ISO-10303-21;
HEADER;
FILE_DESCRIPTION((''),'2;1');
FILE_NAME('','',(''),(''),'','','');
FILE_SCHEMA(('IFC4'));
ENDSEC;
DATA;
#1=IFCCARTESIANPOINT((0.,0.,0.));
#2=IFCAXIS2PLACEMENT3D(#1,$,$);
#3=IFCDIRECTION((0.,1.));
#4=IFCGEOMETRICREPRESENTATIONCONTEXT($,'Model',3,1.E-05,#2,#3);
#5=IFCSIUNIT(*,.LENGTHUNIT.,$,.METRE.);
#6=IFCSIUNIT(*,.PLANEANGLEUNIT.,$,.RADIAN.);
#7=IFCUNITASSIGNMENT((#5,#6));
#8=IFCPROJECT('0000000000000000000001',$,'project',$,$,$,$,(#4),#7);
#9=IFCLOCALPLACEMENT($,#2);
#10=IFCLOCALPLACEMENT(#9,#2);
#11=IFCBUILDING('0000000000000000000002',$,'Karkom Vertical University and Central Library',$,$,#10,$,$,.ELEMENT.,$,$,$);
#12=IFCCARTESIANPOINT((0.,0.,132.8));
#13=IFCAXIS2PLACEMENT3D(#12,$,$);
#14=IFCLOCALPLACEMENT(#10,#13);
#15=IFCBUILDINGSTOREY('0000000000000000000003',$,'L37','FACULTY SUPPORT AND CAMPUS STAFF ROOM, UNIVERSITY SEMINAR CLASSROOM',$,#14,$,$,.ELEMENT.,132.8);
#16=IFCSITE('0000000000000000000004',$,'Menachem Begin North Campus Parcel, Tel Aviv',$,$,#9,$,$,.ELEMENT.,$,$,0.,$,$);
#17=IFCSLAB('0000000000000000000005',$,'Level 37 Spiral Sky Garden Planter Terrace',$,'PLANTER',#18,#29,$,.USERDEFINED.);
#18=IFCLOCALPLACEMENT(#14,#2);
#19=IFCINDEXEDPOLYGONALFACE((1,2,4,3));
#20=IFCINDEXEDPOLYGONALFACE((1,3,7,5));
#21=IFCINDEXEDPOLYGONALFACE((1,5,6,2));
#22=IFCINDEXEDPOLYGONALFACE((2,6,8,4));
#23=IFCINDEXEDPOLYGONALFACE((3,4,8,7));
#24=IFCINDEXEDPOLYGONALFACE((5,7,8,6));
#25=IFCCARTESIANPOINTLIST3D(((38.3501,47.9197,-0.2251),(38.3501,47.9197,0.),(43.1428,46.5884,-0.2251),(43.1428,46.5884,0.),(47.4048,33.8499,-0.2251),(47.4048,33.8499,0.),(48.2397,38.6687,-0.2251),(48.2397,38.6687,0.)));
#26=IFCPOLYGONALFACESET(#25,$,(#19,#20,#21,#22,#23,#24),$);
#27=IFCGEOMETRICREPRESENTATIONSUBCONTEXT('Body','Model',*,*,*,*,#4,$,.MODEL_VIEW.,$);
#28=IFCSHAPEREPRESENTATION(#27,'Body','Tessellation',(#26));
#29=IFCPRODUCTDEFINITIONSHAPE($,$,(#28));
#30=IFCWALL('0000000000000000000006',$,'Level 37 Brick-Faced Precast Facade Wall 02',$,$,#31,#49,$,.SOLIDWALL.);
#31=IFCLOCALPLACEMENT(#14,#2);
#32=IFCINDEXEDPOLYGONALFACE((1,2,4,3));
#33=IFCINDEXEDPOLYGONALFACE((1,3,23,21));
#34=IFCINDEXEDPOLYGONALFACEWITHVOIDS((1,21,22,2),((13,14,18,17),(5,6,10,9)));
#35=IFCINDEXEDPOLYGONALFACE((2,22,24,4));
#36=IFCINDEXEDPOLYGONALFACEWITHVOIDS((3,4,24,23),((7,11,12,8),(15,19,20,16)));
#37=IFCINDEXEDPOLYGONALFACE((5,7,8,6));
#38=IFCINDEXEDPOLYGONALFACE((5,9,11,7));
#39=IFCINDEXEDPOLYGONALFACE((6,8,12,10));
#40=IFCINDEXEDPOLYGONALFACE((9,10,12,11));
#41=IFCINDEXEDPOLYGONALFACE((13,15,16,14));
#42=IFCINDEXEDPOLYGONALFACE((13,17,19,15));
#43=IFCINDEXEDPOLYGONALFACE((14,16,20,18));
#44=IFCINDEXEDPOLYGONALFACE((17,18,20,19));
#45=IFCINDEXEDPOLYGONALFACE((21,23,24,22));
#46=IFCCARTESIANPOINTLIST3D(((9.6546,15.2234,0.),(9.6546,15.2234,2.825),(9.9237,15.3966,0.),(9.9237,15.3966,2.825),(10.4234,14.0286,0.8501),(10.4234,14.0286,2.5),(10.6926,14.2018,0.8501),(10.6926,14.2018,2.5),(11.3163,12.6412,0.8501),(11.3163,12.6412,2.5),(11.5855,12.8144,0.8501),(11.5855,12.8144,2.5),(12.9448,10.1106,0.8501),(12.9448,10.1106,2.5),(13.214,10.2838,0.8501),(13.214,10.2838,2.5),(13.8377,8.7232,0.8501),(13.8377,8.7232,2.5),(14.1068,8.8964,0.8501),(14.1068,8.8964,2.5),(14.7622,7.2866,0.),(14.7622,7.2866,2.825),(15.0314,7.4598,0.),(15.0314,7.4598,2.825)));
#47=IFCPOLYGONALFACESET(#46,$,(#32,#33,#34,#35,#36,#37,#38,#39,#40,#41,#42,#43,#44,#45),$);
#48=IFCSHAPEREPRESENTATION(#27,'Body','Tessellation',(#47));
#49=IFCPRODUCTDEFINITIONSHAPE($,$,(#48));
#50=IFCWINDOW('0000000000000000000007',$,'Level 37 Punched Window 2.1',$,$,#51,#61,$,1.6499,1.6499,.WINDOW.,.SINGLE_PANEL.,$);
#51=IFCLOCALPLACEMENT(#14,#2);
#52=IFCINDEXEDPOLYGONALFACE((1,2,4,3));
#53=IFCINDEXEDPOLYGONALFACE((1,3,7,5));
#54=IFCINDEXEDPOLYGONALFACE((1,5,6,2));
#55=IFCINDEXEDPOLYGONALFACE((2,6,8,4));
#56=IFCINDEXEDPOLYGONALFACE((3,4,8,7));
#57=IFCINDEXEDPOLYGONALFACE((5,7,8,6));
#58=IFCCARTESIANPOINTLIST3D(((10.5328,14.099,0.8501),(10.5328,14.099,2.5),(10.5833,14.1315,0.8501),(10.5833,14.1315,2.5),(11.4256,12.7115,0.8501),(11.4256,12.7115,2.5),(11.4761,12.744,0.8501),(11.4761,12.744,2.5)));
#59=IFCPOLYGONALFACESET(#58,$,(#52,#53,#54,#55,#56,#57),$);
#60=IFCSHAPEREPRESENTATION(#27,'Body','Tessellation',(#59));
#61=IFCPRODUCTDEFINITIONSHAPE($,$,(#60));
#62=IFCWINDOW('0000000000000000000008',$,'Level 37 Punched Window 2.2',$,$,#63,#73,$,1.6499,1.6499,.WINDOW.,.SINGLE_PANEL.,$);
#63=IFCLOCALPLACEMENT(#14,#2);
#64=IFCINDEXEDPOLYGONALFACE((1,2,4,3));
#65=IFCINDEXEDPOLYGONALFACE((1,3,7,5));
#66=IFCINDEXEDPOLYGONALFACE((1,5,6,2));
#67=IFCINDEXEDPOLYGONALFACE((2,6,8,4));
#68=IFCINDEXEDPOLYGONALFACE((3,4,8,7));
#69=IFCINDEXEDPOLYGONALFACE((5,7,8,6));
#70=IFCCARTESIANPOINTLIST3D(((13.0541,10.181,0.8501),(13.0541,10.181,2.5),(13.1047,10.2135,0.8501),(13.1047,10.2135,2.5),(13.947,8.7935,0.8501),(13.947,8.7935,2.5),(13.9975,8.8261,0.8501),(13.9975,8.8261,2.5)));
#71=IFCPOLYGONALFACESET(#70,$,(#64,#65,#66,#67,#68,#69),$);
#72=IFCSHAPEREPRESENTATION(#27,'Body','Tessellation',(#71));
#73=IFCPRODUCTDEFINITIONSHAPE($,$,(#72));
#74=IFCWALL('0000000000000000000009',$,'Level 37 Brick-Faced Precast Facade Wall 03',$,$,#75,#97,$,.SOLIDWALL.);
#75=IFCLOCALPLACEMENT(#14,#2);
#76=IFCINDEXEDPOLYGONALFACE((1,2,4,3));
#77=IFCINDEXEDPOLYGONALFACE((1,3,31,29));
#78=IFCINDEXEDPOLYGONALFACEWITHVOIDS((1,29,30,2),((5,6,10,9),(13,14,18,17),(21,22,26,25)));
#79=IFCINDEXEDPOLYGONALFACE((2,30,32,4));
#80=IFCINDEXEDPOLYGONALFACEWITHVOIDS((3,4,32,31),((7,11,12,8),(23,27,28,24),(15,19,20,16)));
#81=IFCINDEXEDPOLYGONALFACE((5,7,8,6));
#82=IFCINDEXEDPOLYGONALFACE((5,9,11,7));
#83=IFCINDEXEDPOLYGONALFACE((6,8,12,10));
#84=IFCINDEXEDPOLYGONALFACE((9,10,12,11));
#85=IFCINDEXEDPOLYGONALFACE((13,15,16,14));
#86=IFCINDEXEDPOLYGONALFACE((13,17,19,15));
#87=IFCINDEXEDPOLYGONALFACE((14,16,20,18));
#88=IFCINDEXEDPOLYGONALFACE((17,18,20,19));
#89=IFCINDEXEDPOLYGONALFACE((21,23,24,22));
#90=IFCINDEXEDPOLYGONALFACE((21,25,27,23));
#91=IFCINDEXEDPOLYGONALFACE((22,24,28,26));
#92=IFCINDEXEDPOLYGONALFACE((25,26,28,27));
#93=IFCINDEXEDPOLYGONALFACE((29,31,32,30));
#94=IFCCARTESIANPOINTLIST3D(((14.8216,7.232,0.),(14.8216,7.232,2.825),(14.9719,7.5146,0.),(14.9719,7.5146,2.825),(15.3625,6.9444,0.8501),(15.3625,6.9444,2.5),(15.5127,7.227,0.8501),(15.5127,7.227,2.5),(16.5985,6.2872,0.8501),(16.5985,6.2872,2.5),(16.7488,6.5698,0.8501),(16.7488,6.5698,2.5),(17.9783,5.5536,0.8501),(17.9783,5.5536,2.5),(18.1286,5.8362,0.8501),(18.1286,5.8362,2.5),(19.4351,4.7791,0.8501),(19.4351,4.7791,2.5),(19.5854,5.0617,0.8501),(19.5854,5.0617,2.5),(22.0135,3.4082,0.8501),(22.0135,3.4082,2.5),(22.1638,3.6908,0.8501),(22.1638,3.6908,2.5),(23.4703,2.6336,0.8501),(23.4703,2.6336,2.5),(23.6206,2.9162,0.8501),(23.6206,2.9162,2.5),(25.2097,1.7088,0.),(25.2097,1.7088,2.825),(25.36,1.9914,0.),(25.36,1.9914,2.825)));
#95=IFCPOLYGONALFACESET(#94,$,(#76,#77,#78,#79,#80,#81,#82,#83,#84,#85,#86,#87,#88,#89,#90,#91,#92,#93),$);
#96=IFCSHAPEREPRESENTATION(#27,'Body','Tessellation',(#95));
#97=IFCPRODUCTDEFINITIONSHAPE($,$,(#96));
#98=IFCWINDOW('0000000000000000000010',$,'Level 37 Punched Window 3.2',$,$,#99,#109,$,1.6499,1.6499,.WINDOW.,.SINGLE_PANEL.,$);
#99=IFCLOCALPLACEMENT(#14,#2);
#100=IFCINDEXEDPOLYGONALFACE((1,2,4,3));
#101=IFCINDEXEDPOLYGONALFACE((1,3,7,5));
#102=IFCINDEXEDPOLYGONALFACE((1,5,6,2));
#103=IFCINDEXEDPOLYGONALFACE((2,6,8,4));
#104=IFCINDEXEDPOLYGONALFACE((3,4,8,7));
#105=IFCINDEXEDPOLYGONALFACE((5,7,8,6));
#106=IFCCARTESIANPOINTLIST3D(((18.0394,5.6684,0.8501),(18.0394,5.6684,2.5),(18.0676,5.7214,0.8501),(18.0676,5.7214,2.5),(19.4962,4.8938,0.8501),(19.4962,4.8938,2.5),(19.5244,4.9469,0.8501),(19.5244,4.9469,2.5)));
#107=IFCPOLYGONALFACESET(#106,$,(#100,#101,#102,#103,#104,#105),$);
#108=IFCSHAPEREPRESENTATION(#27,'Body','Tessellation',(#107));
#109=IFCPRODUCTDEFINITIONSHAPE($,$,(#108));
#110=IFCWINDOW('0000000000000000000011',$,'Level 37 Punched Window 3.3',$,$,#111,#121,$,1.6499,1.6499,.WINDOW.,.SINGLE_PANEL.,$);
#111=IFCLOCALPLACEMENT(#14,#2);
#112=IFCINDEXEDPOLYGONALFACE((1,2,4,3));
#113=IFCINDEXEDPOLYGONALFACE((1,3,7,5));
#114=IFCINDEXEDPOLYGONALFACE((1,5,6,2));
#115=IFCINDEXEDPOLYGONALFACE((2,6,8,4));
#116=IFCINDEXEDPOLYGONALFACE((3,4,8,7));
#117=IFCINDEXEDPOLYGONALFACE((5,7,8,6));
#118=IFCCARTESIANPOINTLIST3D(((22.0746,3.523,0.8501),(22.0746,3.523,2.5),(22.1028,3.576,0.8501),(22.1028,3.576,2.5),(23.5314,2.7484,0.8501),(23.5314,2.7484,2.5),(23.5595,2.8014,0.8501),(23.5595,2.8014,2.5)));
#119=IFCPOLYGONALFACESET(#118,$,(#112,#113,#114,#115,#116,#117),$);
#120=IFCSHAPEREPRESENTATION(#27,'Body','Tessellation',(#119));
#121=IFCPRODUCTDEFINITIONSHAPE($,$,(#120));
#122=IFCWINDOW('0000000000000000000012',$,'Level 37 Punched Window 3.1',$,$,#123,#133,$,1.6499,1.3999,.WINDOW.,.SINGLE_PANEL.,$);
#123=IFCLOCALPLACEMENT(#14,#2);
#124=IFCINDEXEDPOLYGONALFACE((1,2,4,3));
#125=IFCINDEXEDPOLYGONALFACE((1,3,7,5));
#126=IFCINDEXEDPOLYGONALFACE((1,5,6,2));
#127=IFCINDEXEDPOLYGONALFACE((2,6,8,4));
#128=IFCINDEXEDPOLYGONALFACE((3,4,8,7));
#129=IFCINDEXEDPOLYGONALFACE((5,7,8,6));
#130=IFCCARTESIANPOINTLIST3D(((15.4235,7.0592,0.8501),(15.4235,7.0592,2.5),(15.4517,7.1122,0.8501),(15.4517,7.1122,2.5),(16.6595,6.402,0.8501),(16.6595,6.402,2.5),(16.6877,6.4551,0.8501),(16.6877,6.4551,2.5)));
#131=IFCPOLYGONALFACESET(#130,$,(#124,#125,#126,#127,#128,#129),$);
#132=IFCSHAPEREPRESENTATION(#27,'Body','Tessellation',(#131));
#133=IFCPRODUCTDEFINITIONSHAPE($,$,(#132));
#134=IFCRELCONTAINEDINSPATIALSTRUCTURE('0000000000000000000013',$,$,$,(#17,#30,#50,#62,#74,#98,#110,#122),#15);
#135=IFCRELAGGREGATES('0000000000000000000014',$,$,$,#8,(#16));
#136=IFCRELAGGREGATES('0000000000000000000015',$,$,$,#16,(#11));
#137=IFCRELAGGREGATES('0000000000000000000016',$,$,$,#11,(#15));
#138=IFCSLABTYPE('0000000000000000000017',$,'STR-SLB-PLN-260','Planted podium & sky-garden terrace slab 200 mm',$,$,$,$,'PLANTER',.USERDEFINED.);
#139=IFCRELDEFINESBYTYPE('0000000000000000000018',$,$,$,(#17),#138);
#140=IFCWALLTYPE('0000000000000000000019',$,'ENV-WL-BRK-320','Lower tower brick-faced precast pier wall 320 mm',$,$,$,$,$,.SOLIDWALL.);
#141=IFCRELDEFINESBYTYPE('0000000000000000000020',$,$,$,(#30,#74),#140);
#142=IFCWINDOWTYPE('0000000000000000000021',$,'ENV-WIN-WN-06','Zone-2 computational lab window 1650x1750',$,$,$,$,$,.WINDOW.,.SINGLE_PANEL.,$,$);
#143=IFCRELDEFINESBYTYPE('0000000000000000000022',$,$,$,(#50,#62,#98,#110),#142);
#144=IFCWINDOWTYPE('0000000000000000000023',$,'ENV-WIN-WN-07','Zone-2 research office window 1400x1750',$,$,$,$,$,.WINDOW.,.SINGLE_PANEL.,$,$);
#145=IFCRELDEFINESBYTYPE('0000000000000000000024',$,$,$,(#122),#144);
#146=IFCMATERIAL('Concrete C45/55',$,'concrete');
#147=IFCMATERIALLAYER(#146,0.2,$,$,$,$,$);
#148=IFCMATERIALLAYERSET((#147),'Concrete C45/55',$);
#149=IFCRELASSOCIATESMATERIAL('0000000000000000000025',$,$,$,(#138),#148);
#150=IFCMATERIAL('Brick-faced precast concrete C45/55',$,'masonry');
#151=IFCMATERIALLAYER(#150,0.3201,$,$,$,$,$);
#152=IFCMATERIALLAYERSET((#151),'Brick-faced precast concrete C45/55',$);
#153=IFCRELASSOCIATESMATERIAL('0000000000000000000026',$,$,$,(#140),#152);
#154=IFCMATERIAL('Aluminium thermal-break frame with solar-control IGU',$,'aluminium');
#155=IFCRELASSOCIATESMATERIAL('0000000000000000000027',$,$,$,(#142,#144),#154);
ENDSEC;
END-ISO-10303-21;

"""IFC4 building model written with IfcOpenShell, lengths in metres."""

from ifc_helpers import new_model, si_unit, direction, frame, frame_2d, origin, origin_with_axes, place, context, subcontext, project, spatial, polyline, rectangle, outline, extrude, source, transform, mapped, material, layer, layer_set, type_object, element, fill, save


model = new_model("IFC4")

# Units and contexts
model_context = context("Model", 3, precision=1e-05, world=origin(), true_north=direction((0.0, 1.0)))
body_context = subcontext(model_context, "Body", "Model", "MODEL_VIEW")
ifc_project = project(units=[si_unit("LENGTHUNIT", "METRE"), si_unit("PLANEANGLEUNIT", "RADIAN")], contexts=[model_context])

# Site, building, storey
site_placement = place(None, origin())
site = spatial("IfcSite", under=ifc_project, at=site_placement, Name="Menachem Begin North Campus Parcel, Tel Aviv", CompositionType="ELEMENT", RefElevation=0.0)
building_placement = place(site_placement, origin())
building = spatial("IfcBuilding", under=site, at=building_placement, Name="Karkom Vertical University and Central Library", CompositionType="ELEMENT")
storey_placement = place(building_placement, frame((0.0, 0.0, 132.8)))
storey = spatial("IfcBuildingStorey", under=building, at=storey_placement, Name="L37", Description="FACULTY SUPPORT AND CAMPUS STAFF ROOM, UNIVERSITY SEMINAR CLASSROOM", CompositionType="ELEMENT", Elevation=132.8)

# Shared definitions
ifc_material_1 = material(Name="Concrete C45/55", Category="concrete")

# Slab
ifc_layer_1 = layer(ifc_material_1, 0.2)
ifc_layer_set_1 = layer_set([ifc_layer_1], Name="Concrete C45/55")
slab_type_1 = type_object("IfcSlabType", Name="STR-SLB-PLN-260", Description="Planted podium & sky-garden terrace slab 200 mm", ElementType="PLANTER", PredefinedType="USERDEFINED", material=ifc_layer_set_1)
slab_1_placement = place(storey_placement, frame((0.0, 0.0, -0.2251)))
element("IfcSlab", 1, at=slab_1_placement, inside=storey, type_object=slab_type_1, Name="Level 37 Spiral Sky Garden Planter Terrace", ObjectType="PLANTER", PredefinedType="USERDEFINED", context=body_context, shape_type="SweptSolid", body=[
    extrude(outline(polyline([(43.1428, 46.5884), (48.2397, 38.6687), (47.4048, 33.8499), (38.3501, 47.9197), (43.1428, 46.5884)])), origin(), (0.0, 0.0, 1.0), 0.2251),
])

# Walls, openings, windows
ifc_material_2 = material(Name="Brick-faced precast concrete C45/55", Category="masonry")
ifc_layer_2 = layer(ifc_material_2, 0.3201)
ifc_layer_set_2 = layer_set([ifc_layer_2], Name="Brick-faced precast concrete C45/55")
wall_type_1 = type_object("IfcWallType", Name="ENV-WL-BRK-320", Description="Lower tower brick-faced precast pier wall 320 mm", PredefinedType="SOLIDWALL", material=ifc_layer_set_2)
wall_1_placement = place(storey_placement, frame((9.7891, 15.3101, 0.0), z_axis=(0.0, 0.0, 1.0), x_axis=(0.541167, -0.840915, 0.0)))
wall_1 = element("IfcWall", 2, at=wall_1_placement, inside=storey, type_object=wall_type_1, Name="Level 37 Brick-Faced Precast Facade Wall 02", PredefinedType="SOLIDWALL", context=body_context, shape_type="SweptSolid", body=[
    extrude(rectangle(XDim=9.4382, YDim=0.3201, at=frame_2d((4.7192, 0.0))), origin(), (0.0, 0.0, 1.0), 2.825),
])
opening_1_placement = place(wall_1_placement, frame((1.4209, 0.0, 0.8501)))
opening_1 = element("IfcOpeningElement", 3, at=opening_1_placement, cuts=wall_1, PredefinedType="OPENING", context=body_context, shape_type="SweptSolid", body=[
    extrude(rectangle(XDim=1.6499, YDim=1.6499, at=frame_2d((0.825, 0.825))), frame((0.0, 0.1699, 0.0), z_axis=(0.0, -1.0, 0.0), x_axis=(1.0, 0.0, 0.0)), (0.0, 0.0, 1.0), 0.3401),
])
opening_2_placement = place(wall_1_placement, frame((6.0801, 0.0, 0.8501)))
opening_2 = element("IfcOpeningElement", 4, at=opening_2_placement, cuts=wall_1, PredefinedType="OPENING", context=body_context, shape_type="SweptSolid", body=[
    extrude(rectangle(XDim=1.6499, YDim=1.6499, at=frame_2d((0.825, 0.825))), frame((0.0, 0.1699, 0.0), z_axis=(0.0, -1.0, 0.0), x_axis=(1.0, 0.0, 0.0)), (0.0, 0.0, 1.0), 0.3401),
])
ifc_material_3 = material(Name="Aluminium thermal-break frame with solar-control IGU", Category="aluminium")
window_type_1 = type_object("IfcWindowType", Name="ENV-WIN-WN-06", Description="Zone-2 computational lab window 1650x1750", PartitioningType="SINGLE_PANEL", PredefinedType="WINDOW", material=ifc_material_3)
shared_shape_1 = source(origin_with_axes(), body_context, "Body", "SweptSolid", [
    extrude(rectangle(XDim=1.6499, YDim=1.6499, at=frame_2d((0.825, 0.825))), frame((0.0, 0.03, 0.0), z_axis=(0.0, -1.0, 0.0), x_axis=(1.0, 0.0, 0.0)), (0.0, 0.0, 1.0), 0.0601),
])
window_1_placement = place(opening_1_placement, origin())
window_1 = element("IfcWindow", 5, at=window_1_placement, inside=storey, type_object=window_type_1, Name="Level 37 Punched Window 2.1", OverallHeight=1.6499, OverallWidth=1.6499, PartitioningType="SINGLE_PANEL", PredefinedType="WINDOW", context=body_context, shape_type="MappedRepresentation", body=[
    mapped(shared_shape_1, transform((0.0, 0.0, 0.0), scale=1.0)),
])
fill(opening_1, window_1)
window_2_placement = place(opening_2_placement, origin())
window_2 = element("IfcWindow", 6, at=window_2_placement, inside=storey, type_object=window_type_1, Name="Level 37 Punched Window 2.2", OverallHeight=1.6499, OverallWidth=1.6499, PartitioningType="SINGLE_PANEL", PredefinedType="WINDOW", context=body_context, shape_type="MappedRepresentation", body=[
    mapped(shared_shape_1, transform((0.0, 0.0, 0.0), scale=1.0)),
])
fill(opening_2, window_2)
wall_2_placement = place(storey_placement, frame((14.8967, 7.3733, 0.0), z_axis=(0.0, 0.0, 1.0), x_axis=(0.882958, -0.469452, 0.0)))
wall_2 = element("IfcWall", 7, at=wall_2_placement, inside=storey, type_object=wall_type_1, Name="Level 37 Brick-Faced Precast Facade Wall 03", PredefinedType="SOLIDWALL", context=body_context, shape_type="SweptSolid", body=[
    extrude(rectangle(XDim=11.7651, YDim=0.3201, at=frame_2d((5.8826, 0.0))), origin(), (0.0, 0.0, 1.0), 2.825),
])
opening_3_placement = place(wall_2_placement, frame((0.6125, 0.0, 0.8501)))
opening_3 = element("IfcOpeningElement", 8, at=opening_3_placement, cuts=wall_2, PredefinedType="OPENING", context=body_context, shape_type="SweptSolid", body=[
    extrude(rectangle(XDim=1.3999, YDim=1.6499, at=frame_2d((0.7, 0.825))), frame((0.0, 0.1699, 0.0), z_axis=(0.0, -1.0, 0.0), x_axis=(1.0, 0.0, 0.0)), (0.0, 0.0, 1.0), 0.3401),
])
opening_4_placement = place(wall_2_placement, frame((3.5752, 0.0, 0.8501)))
opening_4 = element("IfcOpeningElement", 9, at=opening_4_placement, cuts=wall_2, PredefinedType="OPENING", context=body_context, shape_type="SweptSolid", body=[
    extrude(rectangle(XDim=1.6499, YDim=1.6499, at=frame_2d((0.825, 0.825))), frame((0.0, 0.1699, 0.0), z_axis=(0.0, -1.0, 0.0), x_axis=(1.0, 0.0, 0.0)), (0.0, 0.0, 1.0), 0.3401),
])
opening_5_placement = place(wall_2_placement, frame((8.1453, 0.0, 0.8501)))
opening_5 = element("IfcOpeningElement", 10, at=opening_5_placement, cuts=wall_2, PredefinedType="OPENING", context=body_context, shape_type="SweptSolid", body=[
    extrude(rectangle(XDim=1.6499, YDim=1.6499, at=frame_2d((0.825, 0.825))), frame((0.0, 0.1699, 0.0), z_axis=(0.0, -1.0, 0.0), x_axis=(1.0, 0.0, 0.0)), (0.0, 0.0, 1.0), 0.3401),
])
window_3_placement = place(opening_4_placement, origin())
window_3 = element("IfcWindow", 11, at=window_3_placement, inside=storey, type_object=window_type_1, Name="Level 37 Punched Window 3.2", OverallHeight=1.6499, OverallWidth=1.6499, PartitioningType="SINGLE_PANEL", PredefinedType="WINDOW", context=body_context, shape_type="MappedRepresentation", body=[
    mapped(shared_shape_1, transform((0.0, 0.0, 0.0), scale=1.0)),
])
fill(opening_4, window_3)
window_4_placement = place(opening_5_placement, origin())
window_4 = element("IfcWindow", 12, at=window_4_placement, inside=storey, type_object=window_type_1, Name="Level 37 Punched Window 3.3", OverallHeight=1.6499, OverallWidth=1.6499, PartitioningType="SINGLE_PANEL", PredefinedType="WINDOW", context=body_context, shape_type="MappedRepresentation", body=[
    mapped(shared_shape_1, transform((0.0, 0.0, 0.0), scale=1.0)),
])
fill(opening_5, window_4)
window_type_2 = type_object("IfcWindowType", Name="ENV-WIN-WN-07", Description="Zone-2 research office window 1400x1750", PartitioningType="SINGLE_PANEL", PredefinedType="WINDOW", material=ifc_material_3)
shared_shape_2 = source(origin_with_axes(), body_context, "Body", "SweptSolid", [
    extrude(rectangle(XDim=1.3999, YDim=1.6499, at=frame_2d((0.7, 0.825))), frame((0.0, 0.03, 0.0), z_axis=(0.0, -1.0, 0.0), x_axis=(1.0, 0.0, 0.0)), (0.0, 0.0, 1.0), 0.0601),
])
window_5_placement = place(opening_3_placement, origin())
window_5 = element("IfcWindow", 13, at=window_5_placement, inside=storey, type_object=window_type_2, Name="Level 37 Punched Window 3.1", OverallHeight=1.6499, OverallWidth=1.3999, PartitioningType="SINGLE_PANEL", PredefinedType="WINDOW", context=body_context, shape_type="MappedRepresentation", body=[
    mapped(shared_shape_2, transform((0.0, 0.0, 0.0), scale=1.0)),
])
fill(opening_3, window_5)

save(model, "model.ifc")
